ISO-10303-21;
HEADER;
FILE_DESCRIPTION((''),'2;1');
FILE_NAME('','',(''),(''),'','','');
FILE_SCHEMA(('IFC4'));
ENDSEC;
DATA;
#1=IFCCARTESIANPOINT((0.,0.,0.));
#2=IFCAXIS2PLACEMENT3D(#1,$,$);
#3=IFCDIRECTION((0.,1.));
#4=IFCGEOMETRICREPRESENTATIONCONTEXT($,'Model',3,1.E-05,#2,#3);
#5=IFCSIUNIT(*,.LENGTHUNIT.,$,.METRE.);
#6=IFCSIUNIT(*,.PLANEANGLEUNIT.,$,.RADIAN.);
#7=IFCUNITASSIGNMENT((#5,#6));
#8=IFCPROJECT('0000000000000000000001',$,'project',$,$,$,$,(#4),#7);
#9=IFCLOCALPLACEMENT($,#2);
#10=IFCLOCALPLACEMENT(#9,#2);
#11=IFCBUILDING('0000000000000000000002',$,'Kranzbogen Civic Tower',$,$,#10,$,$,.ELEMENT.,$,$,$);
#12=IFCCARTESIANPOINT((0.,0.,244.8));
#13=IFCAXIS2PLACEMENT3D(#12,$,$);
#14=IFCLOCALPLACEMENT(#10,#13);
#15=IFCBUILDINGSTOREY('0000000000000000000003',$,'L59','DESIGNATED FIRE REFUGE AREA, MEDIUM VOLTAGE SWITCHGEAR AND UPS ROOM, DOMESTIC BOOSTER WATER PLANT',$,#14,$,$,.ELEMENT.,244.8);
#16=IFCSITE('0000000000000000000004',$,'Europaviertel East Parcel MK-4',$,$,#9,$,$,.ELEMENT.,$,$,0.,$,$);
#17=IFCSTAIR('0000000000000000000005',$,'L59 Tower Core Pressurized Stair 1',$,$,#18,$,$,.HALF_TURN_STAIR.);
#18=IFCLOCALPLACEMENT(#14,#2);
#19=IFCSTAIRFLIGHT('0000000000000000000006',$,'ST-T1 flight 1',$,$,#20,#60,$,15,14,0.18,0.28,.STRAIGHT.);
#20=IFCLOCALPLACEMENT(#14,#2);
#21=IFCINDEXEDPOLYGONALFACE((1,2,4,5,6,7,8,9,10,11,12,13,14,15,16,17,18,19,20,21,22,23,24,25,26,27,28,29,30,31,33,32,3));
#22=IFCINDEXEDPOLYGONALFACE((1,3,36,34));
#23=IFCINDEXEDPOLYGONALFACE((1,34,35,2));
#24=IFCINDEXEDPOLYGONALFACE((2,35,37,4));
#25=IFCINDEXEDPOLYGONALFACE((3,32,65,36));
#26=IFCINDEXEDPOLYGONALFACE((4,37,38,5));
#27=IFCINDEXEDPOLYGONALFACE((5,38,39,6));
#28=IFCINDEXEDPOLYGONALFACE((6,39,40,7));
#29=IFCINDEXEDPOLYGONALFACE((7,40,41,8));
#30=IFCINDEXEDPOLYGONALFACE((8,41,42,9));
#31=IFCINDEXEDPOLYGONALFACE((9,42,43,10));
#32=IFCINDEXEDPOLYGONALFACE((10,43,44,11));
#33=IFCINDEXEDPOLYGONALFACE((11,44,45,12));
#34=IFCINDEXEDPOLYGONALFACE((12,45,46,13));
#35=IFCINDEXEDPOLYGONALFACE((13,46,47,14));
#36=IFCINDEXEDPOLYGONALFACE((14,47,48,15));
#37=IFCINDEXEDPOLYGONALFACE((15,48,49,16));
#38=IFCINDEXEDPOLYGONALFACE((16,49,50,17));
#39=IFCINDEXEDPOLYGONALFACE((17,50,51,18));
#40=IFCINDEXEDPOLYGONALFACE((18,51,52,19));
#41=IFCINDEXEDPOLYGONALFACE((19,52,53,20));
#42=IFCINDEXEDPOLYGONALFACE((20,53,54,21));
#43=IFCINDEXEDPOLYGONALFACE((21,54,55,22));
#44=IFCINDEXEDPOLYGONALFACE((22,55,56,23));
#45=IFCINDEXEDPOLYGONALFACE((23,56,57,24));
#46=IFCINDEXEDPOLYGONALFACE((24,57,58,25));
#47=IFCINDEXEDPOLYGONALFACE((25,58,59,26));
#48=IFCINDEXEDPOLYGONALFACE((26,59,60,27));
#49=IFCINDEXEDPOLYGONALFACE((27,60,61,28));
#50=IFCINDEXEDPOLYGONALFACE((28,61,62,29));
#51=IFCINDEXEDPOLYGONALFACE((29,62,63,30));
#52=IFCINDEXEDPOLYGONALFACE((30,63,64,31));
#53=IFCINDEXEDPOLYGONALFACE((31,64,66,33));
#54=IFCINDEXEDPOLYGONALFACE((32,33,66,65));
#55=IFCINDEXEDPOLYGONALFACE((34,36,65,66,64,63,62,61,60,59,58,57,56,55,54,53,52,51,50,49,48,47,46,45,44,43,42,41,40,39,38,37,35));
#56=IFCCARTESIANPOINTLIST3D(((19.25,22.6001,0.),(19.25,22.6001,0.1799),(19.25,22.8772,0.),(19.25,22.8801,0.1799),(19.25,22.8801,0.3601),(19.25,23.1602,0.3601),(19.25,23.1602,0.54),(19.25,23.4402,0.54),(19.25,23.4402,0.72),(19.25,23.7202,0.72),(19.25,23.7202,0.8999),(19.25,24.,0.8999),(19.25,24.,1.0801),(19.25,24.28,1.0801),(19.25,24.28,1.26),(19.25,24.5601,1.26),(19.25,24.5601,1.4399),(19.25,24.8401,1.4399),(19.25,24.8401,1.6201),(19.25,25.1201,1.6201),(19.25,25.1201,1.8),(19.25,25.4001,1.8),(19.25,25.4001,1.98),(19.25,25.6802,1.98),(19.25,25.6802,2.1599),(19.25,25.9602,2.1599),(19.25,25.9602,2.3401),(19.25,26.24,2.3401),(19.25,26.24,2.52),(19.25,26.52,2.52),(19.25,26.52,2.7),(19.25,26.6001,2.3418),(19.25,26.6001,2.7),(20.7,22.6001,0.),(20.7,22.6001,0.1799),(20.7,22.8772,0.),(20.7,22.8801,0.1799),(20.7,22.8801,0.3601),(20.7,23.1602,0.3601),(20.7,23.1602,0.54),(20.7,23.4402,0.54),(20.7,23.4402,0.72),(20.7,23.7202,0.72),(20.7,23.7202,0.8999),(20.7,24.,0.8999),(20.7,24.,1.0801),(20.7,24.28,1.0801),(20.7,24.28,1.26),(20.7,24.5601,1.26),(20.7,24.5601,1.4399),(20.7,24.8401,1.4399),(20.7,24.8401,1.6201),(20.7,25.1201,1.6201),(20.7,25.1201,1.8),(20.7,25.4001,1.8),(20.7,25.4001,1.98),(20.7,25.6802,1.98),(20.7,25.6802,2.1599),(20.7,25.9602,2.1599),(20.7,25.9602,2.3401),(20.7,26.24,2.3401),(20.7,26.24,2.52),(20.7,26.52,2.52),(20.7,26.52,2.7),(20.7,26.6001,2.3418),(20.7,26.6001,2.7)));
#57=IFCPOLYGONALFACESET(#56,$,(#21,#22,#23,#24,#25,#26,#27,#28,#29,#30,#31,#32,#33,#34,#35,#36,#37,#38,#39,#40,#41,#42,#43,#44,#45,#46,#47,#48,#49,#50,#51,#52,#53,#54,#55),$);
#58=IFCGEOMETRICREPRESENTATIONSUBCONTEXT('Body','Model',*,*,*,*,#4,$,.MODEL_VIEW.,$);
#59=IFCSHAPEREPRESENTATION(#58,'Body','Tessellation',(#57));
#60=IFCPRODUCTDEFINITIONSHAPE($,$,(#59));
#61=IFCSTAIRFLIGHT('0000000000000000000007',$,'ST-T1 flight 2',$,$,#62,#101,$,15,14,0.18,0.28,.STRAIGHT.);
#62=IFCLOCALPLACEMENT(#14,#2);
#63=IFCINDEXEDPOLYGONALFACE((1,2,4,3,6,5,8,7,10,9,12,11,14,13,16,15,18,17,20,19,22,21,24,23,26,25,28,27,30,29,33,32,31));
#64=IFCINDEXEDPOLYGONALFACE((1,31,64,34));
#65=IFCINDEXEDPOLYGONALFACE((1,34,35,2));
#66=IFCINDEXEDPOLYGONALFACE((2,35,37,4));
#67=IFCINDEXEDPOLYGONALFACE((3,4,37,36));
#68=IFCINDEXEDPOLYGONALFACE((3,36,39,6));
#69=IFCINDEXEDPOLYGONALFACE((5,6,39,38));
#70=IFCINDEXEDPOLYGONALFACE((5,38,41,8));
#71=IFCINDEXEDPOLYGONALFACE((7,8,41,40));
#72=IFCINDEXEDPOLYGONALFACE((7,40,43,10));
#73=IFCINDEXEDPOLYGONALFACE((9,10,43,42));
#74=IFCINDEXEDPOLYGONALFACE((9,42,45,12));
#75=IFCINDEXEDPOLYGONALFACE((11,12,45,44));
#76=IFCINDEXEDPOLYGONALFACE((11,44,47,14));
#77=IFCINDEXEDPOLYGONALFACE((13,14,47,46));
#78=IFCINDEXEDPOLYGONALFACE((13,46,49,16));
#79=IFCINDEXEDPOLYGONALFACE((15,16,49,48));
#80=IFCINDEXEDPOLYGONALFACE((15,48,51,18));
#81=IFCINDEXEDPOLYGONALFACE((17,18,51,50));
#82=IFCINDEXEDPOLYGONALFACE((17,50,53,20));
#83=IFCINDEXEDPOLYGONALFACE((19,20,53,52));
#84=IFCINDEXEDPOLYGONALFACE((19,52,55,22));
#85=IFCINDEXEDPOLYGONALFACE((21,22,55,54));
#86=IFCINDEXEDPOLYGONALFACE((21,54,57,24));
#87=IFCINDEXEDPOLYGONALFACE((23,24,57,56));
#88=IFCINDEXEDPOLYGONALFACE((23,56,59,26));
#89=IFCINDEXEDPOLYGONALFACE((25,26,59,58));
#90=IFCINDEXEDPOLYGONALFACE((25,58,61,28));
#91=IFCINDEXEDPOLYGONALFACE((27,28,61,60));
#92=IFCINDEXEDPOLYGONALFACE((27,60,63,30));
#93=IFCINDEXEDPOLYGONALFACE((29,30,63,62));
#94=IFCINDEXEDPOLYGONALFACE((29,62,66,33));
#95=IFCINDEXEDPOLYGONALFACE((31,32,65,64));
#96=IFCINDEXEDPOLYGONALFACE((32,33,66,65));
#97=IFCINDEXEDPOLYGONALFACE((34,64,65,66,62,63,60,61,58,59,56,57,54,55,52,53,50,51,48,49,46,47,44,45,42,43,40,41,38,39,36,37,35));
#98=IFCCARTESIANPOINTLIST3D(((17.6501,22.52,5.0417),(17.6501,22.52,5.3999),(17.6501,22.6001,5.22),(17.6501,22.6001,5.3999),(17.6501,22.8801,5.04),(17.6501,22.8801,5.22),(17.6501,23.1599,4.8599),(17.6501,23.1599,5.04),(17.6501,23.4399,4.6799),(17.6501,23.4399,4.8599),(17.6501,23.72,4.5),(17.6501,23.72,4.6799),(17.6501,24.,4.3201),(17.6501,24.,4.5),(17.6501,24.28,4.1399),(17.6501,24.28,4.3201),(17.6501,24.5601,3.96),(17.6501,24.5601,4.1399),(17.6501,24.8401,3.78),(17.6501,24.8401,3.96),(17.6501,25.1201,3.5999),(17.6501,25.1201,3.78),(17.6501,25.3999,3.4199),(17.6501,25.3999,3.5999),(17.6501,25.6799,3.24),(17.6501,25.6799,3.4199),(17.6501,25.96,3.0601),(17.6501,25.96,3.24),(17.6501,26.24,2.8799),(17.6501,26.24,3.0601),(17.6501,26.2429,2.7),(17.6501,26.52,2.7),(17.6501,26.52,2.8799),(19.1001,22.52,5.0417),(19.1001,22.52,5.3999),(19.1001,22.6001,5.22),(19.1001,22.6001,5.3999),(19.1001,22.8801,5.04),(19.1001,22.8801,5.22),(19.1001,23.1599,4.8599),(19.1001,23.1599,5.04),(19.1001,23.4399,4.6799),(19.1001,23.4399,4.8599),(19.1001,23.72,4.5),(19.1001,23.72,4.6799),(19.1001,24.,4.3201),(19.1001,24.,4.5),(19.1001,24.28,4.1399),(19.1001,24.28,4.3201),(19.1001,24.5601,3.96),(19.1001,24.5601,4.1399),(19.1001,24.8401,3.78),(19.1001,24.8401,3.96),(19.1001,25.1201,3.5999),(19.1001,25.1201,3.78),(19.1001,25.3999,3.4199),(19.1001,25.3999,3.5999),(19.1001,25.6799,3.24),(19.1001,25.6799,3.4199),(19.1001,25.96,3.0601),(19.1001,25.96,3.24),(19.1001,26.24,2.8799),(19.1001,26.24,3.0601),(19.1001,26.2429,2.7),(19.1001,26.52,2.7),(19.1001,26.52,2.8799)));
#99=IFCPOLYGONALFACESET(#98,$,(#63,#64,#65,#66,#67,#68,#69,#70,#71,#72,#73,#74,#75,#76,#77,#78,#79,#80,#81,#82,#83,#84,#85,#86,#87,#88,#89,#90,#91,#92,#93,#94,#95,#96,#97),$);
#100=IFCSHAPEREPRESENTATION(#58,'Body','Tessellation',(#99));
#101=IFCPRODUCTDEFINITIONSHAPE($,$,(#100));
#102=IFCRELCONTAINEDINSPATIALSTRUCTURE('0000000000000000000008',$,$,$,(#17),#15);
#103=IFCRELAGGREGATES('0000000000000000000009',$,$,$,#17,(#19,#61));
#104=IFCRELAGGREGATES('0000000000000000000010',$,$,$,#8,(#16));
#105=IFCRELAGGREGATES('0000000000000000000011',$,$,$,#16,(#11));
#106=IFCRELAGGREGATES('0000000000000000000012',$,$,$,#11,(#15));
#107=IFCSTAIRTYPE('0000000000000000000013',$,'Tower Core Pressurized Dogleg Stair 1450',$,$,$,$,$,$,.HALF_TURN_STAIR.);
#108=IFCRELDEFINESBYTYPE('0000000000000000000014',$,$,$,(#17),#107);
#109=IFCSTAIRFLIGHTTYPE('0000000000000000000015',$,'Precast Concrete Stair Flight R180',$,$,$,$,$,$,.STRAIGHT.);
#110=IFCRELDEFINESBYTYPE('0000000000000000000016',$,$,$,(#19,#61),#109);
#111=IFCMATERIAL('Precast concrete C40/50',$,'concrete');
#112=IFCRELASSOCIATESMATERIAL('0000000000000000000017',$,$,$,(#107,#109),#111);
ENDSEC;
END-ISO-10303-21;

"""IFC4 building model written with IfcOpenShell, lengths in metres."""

from ifc_helpers import new_model, si_unit, direction, frame, origin, place, context, subcontext, project, spatial, polyline, outline, extrude, material, type_object, element, aggregate, save


model = new_model("IFC4")

# Units and contexts
model_context = context("Model", 3, precision=1e-05, world=origin(), true_north=direction((0.0, 1.0)))
body_context = subcontext(model_context, "Body", "Model", "MODEL_VIEW")
ifc_project = project(units=[si_unit("LENGTHUNIT", "METRE"), si_unit("PLANEANGLEUNIT", "RADIAN")], contexts=[model_context])

# Site, building, storey
site_placement = place(None, origin())
site = spatial("IfcSite", under=ifc_project, at=site_placement, Name="Europaviertel East Parcel MK-4", CompositionType="ELEMENT", RefElevation=0.0)
building_placement = place(site_placement, origin())
building = spatial("IfcBuilding", under=site, at=building_placement, Name="Kranzbogen Civic Tower", CompositionType="ELEMENT")
storey_placement = place(building_placement, frame((0.0, 0.0, 244.8)))
storey = spatial("IfcBuildingStorey", under=building, at=storey_placement, Name="L59", Description="DESIGNATED FIRE REFUGE AREA, MEDIUM VOLTAGE SWITCHGEAR AND UPS ROOM, DOMESTIC BOOSTER WATER PLANT", CompositionType="ELEMENT", Elevation=244.8)

# Stair, stair flights
ifc_material_1 = material(Name="Precast concrete C40/50", Category="concrete")
stair_type = type_object("IfcStairType", Name="Tower Core Pressurized Dogleg Stair 1450", PredefinedType="HALF_TURN_STAIR", material=ifc_material_1)
stair_placement = place(storey_placement, origin())
stair = element("IfcStair", 1, at=stair_placement, inside=storey, type_object=stair_type, Name="L59 Tower Core Pressurized Stair 1", PredefinedType="HALF_TURN_STAIR")
stair_flight_type = type_object("IfcStairFlightType", Name="Precast Concrete Stair Flight R180", PredefinedType="STRAIGHT", material=ifc_material_1)
stair_flight_1_placement = place(storey_placement, frame((19.9751, 22.6001, 0.0), z_axis=(0.0, 0.0, 1.0), x_axis=(0.0, 1.0, 0.0)))
stair_flight_1 = element("IfcStairFlight", 2, at=stair_flight_1_placement, type_object=stair_flight_type, Name="ST-T1 flight 1", NumberOfRisers=15, NumberOfTreads=14, PredefinedType="STRAIGHT", RiserHeight=0.18, TreadLength=0.28, context=body_context, shape_type="SweptSolid", body=[
    extrude(outline(polyline([(0.0, 0.0), (0.0, 0.1799), (0.28, 0.1799), (0.28, 0.3601), (0.5601, 0.3601), (0.5601, 0.54), (0.8401, 0.54), (0.8401, 0.72), (1.1201, 0.72), (1.1201, 0.8999), (1.3999, 0.8999), (1.3999, 1.0801), (1.6799, 1.0801), (1.6799, 1.26), (1.96, 1.26), (1.96, 1.4399), (2.24, 1.4399), (2.24, 1.6201), (2.52, 1.6201), (2.52, 1.8), (2.8, 1.8), (2.8, 1.98), (3.0801, 1.98), (3.0801, 2.1599), (3.3601, 2.1599), (3.3601, 2.3401), (3.6399, 2.3401), (3.6399, 2.52), (3.9199, 2.52), (3.9199, 2.7), (4.0, 2.7), (4.0, 2.3418), (0.2771, 0.0), (0.0, 0.0)])), frame((0.0, 0.7251, 0.0), z_axis=(0.0, -1.0, 0.0), x_axis=(1.0, 0.0, 0.0)), (0.0, 0.0, 1.0), 1.45),
])
stair_flight_2_placement = place(storey_placement, frame((18.375, 26.52, 2.7), z_axis=(0.0, 0.0, 1.0), x_axis=(0.0, -1.0, 0.0)))
stair_flight_2 = element("IfcStairFlight", 3, at=stair_flight_2_placement, type_object=stair_flight_type, Name="ST-T1 flight 2", NumberOfRisers=15, NumberOfTreads=14, PredefinedType="STRAIGHT", RiserHeight=0.18, TreadLength=0.28, context=body_context, shape_type="SweptSolid", body=[
    extrude(outline(polyline([(0.0, 0.0), (0.0, 0.1799), (0.28, 0.1799), (0.28, 0.3601), (0.5601, 0.3601), (0.5601, 0.54), (0.8401, 0.54), (0.8401, 0.72), (1.1201, 0.72), (1.1201, 0.8999), (1.3999, 0.8999), (1.3999, 1.0801), (1.6799, 1.0801), (1.6799, 1.26), (1.96, 1.26), (1.96, 1.4399), (2.24, 1.4399), (2.24, 1.6201), (2.52, 1.6201), (2.52, 1.8), (2.8, 1.8), (2.8, 1.98), (3.0801, 1.98), (3.0801, 2.1599), (3.3601, 2.1599), (3.3601, 2.3401), (3.6399, 2.3401), (3.6399, 2.52), (3.9199, 2.52), (3.9199, 2.7), (4.0, 2.7), (4.0, 2.3418), (0.2771, 0.0), (0.0, 0.0)])), frame((0.0, 0.7251, 0.0), z_axis=(0.0, -1.0, 0.0), x_axis=(1.0, 0.0, 0.0)), (0.0, 0.0, 1.0), 1.45),
])
aggregate(stair, [stair_flight_1, stair_flight_2])

save(model, "model.ifc")
